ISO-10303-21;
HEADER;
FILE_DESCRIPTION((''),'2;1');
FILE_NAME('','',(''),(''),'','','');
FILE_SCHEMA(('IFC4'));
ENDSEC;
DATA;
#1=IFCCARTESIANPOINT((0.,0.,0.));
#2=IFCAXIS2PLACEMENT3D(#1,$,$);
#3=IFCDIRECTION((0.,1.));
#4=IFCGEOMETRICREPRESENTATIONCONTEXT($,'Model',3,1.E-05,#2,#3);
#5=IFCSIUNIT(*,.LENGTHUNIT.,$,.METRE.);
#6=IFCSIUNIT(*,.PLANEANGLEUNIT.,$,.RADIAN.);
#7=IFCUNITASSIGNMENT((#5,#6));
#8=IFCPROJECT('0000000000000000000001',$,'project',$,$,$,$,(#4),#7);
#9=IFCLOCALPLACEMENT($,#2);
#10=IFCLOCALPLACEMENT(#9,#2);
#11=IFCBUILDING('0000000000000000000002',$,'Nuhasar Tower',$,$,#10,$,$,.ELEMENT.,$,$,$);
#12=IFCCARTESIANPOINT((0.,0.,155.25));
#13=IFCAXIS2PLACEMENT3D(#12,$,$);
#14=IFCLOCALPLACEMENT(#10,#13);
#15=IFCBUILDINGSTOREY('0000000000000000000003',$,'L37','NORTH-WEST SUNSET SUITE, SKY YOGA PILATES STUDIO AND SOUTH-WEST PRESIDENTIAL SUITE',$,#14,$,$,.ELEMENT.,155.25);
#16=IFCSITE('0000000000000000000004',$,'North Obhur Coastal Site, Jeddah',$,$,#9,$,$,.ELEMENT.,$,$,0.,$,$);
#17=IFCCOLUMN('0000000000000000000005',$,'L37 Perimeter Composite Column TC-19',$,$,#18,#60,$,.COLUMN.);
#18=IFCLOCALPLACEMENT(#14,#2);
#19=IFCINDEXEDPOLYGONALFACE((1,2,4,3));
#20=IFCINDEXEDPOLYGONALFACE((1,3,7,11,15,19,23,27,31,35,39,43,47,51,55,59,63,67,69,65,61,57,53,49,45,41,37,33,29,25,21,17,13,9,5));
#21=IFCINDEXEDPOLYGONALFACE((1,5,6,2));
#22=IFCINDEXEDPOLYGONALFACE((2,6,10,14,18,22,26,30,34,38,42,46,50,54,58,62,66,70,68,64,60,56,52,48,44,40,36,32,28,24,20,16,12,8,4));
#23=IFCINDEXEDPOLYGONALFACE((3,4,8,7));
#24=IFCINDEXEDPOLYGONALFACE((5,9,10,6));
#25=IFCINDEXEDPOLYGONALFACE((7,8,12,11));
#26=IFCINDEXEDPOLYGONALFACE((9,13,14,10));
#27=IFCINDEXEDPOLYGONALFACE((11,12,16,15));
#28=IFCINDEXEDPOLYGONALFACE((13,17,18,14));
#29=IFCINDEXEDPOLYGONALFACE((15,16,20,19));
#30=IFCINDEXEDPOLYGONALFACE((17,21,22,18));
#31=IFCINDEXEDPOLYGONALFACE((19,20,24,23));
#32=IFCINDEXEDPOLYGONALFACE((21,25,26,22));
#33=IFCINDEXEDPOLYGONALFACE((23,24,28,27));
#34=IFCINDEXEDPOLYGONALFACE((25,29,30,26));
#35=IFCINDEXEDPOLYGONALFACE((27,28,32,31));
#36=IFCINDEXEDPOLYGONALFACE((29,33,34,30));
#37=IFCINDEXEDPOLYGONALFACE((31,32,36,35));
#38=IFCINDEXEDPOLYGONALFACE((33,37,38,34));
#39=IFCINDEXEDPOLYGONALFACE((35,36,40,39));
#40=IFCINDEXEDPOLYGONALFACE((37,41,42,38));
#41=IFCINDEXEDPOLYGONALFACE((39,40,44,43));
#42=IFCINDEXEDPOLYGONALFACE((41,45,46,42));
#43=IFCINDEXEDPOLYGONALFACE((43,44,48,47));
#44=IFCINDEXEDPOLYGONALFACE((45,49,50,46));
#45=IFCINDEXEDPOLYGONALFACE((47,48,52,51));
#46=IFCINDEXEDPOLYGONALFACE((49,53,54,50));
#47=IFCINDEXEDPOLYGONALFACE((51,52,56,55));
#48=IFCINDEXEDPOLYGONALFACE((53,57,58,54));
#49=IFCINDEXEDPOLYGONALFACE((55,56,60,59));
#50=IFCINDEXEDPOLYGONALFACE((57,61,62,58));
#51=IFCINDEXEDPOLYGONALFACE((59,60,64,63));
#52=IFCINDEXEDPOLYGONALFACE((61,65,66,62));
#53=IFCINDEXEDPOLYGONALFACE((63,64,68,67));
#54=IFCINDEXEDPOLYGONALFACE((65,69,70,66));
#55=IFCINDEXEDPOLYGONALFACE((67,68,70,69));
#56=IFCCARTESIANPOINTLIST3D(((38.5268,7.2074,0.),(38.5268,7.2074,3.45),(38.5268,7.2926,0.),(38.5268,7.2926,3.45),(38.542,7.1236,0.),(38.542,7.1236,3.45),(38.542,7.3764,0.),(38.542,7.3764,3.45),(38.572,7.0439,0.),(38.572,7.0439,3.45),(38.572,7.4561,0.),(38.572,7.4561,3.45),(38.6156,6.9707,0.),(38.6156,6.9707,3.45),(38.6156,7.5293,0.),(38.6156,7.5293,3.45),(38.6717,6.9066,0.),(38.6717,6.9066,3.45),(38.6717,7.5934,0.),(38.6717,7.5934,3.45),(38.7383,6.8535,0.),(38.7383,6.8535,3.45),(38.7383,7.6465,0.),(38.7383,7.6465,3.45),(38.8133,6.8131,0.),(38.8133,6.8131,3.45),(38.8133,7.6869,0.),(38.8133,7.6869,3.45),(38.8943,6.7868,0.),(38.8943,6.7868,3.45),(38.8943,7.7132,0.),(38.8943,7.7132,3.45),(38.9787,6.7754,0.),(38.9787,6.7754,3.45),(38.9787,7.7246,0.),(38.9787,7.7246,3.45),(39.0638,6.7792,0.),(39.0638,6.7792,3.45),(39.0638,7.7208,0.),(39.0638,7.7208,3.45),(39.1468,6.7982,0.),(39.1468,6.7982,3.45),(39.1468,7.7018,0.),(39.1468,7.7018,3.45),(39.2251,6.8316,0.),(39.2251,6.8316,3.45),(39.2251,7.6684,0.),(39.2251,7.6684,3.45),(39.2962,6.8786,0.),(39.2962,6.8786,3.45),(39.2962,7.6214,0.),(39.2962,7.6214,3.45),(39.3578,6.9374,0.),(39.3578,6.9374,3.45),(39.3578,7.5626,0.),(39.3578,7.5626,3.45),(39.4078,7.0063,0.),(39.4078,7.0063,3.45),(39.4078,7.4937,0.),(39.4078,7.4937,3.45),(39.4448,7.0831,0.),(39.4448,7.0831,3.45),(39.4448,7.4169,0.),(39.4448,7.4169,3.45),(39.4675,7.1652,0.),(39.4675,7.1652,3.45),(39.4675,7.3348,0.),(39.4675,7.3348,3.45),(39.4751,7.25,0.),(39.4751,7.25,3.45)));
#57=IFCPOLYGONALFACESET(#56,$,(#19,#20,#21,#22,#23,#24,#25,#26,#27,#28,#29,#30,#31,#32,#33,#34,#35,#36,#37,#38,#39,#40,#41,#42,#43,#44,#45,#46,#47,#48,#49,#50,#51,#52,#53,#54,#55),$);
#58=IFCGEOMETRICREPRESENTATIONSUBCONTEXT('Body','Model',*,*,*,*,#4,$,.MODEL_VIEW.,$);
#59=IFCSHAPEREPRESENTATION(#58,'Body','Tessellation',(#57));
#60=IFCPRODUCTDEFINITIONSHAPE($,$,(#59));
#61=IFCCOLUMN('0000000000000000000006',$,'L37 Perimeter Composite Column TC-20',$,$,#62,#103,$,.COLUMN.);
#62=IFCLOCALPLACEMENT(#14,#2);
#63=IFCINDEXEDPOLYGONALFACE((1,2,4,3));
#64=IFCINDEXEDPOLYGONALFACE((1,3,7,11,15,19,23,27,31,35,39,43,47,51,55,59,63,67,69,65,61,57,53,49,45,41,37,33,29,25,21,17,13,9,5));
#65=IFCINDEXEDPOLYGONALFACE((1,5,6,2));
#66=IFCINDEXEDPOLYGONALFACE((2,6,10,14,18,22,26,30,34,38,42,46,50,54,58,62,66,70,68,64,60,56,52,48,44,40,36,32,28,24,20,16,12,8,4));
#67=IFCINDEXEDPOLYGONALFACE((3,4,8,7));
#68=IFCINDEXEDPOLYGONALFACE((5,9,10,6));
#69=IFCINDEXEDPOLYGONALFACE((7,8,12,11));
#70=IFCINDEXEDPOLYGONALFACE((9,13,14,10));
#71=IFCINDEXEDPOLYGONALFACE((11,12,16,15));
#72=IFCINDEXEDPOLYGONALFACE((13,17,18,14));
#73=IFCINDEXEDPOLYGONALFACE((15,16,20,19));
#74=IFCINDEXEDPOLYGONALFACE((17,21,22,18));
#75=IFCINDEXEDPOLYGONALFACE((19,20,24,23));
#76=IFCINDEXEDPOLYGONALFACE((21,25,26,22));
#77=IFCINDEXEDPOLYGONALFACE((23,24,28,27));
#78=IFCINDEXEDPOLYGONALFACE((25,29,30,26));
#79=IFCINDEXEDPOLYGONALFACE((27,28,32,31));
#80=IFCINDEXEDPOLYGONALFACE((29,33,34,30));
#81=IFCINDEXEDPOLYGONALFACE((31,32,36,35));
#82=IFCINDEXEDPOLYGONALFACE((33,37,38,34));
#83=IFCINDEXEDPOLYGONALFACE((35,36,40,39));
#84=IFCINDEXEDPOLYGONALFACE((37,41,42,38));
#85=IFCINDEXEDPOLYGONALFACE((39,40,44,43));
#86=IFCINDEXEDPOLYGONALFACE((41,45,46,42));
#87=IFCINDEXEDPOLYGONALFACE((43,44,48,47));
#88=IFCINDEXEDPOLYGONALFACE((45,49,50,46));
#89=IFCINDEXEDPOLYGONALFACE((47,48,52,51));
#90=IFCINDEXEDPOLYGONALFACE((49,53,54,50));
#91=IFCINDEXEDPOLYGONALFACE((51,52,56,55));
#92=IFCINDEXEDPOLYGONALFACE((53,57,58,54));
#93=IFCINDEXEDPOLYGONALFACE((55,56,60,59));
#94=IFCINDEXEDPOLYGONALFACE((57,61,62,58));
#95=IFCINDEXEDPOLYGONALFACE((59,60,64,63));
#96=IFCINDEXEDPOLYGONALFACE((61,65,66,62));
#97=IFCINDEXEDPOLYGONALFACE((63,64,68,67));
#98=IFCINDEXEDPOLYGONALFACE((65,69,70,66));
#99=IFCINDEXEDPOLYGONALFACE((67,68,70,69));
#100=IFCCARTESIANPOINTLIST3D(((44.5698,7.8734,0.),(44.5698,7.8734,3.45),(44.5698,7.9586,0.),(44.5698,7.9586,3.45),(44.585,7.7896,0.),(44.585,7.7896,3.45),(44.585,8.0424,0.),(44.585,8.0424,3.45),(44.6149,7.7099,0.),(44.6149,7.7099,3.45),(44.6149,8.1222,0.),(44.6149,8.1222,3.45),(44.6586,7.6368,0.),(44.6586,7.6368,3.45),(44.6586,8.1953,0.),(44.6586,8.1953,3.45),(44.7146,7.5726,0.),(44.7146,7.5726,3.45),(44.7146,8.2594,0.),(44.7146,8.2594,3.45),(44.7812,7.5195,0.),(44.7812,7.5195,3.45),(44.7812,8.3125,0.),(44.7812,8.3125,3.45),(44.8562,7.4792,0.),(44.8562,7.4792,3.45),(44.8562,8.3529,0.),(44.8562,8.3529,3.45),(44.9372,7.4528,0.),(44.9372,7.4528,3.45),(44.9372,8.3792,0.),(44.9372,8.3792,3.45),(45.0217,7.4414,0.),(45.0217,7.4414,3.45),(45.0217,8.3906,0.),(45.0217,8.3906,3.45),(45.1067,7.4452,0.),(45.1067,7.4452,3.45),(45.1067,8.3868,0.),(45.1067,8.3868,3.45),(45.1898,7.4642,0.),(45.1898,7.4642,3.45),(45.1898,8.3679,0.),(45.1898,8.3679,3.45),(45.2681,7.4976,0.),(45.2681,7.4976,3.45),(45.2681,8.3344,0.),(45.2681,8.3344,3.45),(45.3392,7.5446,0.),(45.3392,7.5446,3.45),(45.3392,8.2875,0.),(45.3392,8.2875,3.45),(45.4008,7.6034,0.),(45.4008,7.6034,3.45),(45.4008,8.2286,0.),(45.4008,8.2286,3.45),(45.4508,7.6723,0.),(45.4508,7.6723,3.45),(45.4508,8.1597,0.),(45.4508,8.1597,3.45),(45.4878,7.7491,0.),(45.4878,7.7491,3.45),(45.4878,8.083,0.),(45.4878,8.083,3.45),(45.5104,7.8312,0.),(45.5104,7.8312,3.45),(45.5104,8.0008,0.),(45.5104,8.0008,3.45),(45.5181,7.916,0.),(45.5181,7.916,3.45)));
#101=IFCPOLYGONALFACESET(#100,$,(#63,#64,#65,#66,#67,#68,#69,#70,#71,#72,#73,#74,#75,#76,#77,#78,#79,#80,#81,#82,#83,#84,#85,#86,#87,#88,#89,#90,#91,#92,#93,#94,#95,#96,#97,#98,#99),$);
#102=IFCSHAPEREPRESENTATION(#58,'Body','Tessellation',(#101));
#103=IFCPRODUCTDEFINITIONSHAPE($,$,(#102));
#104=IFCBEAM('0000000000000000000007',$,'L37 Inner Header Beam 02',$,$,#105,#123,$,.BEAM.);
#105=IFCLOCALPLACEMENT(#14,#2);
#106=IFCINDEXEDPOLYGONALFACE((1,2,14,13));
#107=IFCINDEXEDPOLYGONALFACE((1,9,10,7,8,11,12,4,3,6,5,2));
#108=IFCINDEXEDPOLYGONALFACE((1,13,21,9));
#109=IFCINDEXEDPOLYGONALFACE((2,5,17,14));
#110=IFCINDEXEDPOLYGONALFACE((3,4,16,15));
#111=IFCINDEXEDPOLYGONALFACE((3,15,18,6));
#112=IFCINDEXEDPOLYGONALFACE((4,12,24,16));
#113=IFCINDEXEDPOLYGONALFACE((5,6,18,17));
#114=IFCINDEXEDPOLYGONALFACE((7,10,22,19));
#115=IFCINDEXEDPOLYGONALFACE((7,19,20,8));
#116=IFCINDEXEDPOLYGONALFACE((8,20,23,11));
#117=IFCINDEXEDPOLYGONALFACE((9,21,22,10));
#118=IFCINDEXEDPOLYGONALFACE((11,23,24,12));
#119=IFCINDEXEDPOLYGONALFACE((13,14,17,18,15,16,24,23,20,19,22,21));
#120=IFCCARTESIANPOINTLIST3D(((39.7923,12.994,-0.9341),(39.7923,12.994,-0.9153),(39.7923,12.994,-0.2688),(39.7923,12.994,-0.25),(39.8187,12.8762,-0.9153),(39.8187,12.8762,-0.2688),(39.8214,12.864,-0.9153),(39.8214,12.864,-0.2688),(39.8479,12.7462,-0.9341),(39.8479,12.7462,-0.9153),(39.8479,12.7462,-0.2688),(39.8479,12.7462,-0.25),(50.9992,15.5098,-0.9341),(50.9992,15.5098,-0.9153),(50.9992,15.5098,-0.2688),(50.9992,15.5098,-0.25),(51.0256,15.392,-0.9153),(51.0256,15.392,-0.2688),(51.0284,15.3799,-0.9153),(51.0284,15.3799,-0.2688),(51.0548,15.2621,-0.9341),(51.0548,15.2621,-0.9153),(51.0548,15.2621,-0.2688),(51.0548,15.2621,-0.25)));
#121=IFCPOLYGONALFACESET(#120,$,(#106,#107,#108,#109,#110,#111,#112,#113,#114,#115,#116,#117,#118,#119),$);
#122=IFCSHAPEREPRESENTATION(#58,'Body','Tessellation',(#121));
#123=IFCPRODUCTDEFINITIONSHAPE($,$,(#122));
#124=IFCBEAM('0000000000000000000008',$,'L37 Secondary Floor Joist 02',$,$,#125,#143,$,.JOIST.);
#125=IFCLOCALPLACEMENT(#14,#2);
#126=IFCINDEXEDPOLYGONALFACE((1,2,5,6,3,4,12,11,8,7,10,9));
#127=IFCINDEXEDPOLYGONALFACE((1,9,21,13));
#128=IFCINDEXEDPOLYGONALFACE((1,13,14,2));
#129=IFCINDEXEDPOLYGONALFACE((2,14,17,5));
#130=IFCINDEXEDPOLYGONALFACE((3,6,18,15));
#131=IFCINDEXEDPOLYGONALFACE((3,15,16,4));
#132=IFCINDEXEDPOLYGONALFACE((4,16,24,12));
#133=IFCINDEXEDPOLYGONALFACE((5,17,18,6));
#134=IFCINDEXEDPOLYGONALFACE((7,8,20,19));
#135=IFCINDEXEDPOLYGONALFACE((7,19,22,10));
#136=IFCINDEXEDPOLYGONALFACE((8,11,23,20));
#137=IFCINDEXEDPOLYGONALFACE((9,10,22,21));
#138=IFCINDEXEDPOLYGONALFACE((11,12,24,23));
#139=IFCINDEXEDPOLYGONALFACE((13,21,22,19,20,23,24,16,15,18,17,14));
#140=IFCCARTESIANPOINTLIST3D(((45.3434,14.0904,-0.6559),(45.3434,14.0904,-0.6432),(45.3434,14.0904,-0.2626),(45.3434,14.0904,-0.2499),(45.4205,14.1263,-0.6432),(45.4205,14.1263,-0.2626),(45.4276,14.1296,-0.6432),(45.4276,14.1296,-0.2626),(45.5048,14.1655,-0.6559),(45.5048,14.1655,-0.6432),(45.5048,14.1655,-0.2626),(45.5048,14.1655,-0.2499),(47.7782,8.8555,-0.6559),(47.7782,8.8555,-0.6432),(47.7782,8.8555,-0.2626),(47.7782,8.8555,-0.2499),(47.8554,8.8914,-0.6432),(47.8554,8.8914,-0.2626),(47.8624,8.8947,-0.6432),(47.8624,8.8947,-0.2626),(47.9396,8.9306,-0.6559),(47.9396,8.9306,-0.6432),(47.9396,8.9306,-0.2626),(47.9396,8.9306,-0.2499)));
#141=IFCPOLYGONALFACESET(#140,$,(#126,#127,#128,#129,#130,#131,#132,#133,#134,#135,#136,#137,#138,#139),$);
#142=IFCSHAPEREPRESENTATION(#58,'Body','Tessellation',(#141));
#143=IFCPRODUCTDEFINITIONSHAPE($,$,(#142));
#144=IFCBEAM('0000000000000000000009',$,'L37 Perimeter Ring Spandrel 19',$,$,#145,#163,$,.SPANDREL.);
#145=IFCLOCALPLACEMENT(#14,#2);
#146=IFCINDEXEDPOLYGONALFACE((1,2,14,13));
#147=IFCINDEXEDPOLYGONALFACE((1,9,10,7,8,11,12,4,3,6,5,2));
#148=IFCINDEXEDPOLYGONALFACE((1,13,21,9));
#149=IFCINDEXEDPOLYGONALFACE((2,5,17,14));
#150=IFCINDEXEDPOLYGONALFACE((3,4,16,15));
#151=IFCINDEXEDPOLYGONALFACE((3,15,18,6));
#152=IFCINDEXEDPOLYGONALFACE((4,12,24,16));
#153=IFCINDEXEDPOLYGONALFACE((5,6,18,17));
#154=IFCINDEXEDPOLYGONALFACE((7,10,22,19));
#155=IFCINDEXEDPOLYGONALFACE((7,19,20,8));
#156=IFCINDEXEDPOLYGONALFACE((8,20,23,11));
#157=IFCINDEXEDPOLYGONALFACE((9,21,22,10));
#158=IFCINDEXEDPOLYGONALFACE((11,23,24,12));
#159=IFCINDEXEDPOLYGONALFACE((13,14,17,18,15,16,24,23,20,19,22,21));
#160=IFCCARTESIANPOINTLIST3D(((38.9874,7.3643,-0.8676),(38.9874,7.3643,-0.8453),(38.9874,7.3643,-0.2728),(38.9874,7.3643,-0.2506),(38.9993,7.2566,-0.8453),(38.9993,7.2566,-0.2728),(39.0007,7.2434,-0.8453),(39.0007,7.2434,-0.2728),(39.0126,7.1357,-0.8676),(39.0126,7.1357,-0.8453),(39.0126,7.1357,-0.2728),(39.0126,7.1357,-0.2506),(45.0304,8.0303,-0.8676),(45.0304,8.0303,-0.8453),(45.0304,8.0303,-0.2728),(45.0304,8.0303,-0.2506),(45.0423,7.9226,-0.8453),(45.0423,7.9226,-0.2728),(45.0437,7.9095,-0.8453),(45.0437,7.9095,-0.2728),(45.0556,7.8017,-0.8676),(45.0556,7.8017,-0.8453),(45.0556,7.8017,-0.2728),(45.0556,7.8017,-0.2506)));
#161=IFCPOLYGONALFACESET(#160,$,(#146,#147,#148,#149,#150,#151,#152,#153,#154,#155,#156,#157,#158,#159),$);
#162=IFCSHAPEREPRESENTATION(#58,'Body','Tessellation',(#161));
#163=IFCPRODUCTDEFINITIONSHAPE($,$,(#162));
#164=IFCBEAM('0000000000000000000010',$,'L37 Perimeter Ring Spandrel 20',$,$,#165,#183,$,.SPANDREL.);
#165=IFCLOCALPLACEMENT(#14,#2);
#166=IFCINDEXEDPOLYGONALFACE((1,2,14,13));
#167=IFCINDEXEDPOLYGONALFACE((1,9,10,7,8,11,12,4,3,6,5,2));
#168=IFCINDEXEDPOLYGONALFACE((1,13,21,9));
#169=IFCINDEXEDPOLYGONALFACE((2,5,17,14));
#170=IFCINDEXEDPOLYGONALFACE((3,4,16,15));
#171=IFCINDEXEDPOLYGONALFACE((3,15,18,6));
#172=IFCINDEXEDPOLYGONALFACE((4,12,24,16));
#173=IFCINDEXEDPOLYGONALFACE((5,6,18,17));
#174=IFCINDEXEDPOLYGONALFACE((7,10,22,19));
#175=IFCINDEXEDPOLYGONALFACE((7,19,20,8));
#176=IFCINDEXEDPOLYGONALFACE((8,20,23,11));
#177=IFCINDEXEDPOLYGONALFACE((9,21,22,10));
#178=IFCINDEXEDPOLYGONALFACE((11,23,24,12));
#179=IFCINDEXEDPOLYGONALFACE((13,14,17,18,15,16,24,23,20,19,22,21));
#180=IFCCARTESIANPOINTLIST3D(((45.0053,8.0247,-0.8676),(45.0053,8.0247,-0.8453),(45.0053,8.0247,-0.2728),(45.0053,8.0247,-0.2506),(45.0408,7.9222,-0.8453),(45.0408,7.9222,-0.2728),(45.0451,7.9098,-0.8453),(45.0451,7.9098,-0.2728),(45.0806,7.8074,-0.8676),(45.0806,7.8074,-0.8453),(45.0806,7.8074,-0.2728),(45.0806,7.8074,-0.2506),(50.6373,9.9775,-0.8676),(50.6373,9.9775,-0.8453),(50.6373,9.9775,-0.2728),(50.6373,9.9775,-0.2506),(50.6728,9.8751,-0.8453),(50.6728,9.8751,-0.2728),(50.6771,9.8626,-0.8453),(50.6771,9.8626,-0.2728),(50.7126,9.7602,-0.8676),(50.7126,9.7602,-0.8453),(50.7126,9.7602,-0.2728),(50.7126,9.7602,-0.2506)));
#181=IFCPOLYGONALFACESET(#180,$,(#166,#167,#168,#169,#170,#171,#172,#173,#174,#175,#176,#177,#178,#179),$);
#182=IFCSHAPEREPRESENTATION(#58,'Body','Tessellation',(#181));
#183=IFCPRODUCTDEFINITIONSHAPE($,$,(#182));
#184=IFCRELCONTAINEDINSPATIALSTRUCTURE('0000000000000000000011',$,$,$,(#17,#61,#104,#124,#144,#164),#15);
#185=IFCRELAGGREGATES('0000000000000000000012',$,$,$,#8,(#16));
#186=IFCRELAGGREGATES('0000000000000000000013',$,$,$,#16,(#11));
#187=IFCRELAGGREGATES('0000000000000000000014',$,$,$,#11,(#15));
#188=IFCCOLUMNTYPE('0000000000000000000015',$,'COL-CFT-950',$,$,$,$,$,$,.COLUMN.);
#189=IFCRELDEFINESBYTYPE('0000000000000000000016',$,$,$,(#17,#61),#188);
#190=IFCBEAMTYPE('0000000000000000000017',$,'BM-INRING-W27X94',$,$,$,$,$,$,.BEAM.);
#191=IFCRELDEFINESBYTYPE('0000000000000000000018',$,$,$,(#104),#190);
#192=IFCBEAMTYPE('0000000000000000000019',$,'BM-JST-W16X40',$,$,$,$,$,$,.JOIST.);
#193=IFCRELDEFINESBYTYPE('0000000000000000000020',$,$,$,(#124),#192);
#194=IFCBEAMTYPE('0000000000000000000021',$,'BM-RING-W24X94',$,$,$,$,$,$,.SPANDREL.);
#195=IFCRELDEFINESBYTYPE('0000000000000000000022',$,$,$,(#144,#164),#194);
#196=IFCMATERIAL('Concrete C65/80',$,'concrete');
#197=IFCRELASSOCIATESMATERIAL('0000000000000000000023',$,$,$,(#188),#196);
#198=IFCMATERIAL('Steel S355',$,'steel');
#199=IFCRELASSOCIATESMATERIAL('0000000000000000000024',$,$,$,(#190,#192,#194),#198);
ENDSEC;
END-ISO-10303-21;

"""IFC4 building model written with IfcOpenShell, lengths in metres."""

from ifc_helpers import new_model, si_unit, direction, frame, origin, origin_2d, place, context, subcontext, project, spatial, circle, i_section, extrude, material, material_profile, profile_set, type_object, element, save


model = new_model("IFC4")

# Units and contexts
model_context = context("Model", 3, precision=1e-05, world=origin(), true_north=direction((0.0, 1.0)))
body_context = subcontext(model_context, "Body", "Model", "MODEL_VIEW")
ifc_project = project(units=[si_unit("LENGTHUNIT", "METRE"), si_unit("PLANEANGLEUNIT", "RADIAN")], contexts=[model_context])

# Site, building, storey
site_placement = place(None, origin())
site = spatial("IfcSite", under=ifc_project, at=site_placement, Name="North Obhur Coastal Site, Jeddah", CompositionType="ELEMENT", RefElevation=0.0)
building_placement = place(site_placement, origin())
building = spatial("IfcBuilding", under=site, at=building_placement, Name="Nuhasar Tower", CompositionType="ELEMENT")
storey_placement = place(building_placement, frame((0.0, 0.0, 155.25)))
storey = spatial("IfcBuildingStorey", under=building, at=storey_placement, Name="L37", Description="NORTH-WEST SUNSET SUITE, SKY YOGA PILATES STUDIO AND SOUTH-WEST PRESIDENTIAL SUITE", CompositionType="ELEMENT", Elevation=155.25)

# Columns
ifc_material_1 = material(Name="Concrete C65/80", Category="concrete")
ifc_material_profile_1 = material_profile(ifc_material_1, circle(Radius=0.4751, at=origin_2d()), Name="CFT950")
ifc_profile_set_1 = profile_set([ifc_material_profile_1], Name="Concrete C65/80")
column_type = type_object("IfcColumnType", Name="COL-CFT-950", PredefinedType="COLUMN", material=ifc_profile_set_1)
for number, where, z_axis, x_axis, name in (
    (1, (39.0, 7.25, 0.0), (0.0, 0.0, 1.0), (1.0, 0.0, 0.0), "L37 Perimeter Composite Column TC-19"),
    (2, (45.043, 7.916, 0.0), (0.0, 0.0, 1.0), (1.0, 0.0, 0.0), "L37 Perimeter Composite Column TC-20"),
):
    element("IfcColumn", number, at=place(storey_placement, frame(where, z_axis=z_axis, x_axis=x_axis)), inside=storey, type_object=column_type, Name=name, PredefinedType="COLUMN", context=body_context, shape_type="SweptSolid", body=[
        extrude(circle(Radius=0.4751, at=origin_2d()), origin(), (0.0, 0.0, 1.0), 3.45),
    ])

# Beams
ifc_material_2 = material(Name="Steel S355", Category="steel")
ifc_material_profile_2 = material_profile(ifc_material_2, i_section(OverallWidth=0.2539, OverallDepth=0.6841, WebThickness=0.0125, FlangeThickness=0.0188, at=origin_2d()), Name="W27X94")
ifc_profile_set_2 = profile_set([ifc_material_profile_2], Name="Steel S355")
beam_type_1 = type_object("IfcBeamType", Name="BM-INRING-W27X94", PredefinedType="BEAM", material=ifc_profile_set_2)
beam_1_placement = place(storey_placement, frame((39.8201, 12.8701, -0.592), z_axis=(0.975716, 0.219039, 0.0), x_axis=(-0.219039, 0.975716, 0.0)))
element("IfcBeam", 3, at=beam_1_placement, inside=storey, type_object=beam_type_1, Name="L37 Inner Header Beam 02", PredefinedType="BEAM", context=body_context, shape_type="SweptSolid", body=[
    extrude(i_section(OverallWidth=0.2539, OverallDepth=0.6841, WebThickness=0.0125, FlangeThickness=0.0188, at=origin_2d()), origin(), (0.0, 0.0, 1.0), 11.4858),
])
ifc_material_profile_3 = material_profile(ifc_material_2, i_section(OverallWidth=0.178, OverallDepth=0.406, WebThickness=0.0078, FlangeThickness=0.0127, at=origin_2d()), Name="W16X40")
ifc_profile_set_3 = profile_set([ifc_material_profile_3], Name="Steel S355")
beam_type_2 = type_object("IfcBeamType", Name="BM-JST-W16X40", PredefinedType="JOIST", material=ifc_profile_set_3)
beam_2_placement = place(storey_placement, frame((45.4241, 14.1279, -0.4529), z_axis=(0.42173, -0.906721, 0.0), x_axis=(0.906721, 0.42173, 0.0)))
element("IfcBeam", 4, at=beam_2_placement, inside=storey, type_object=beam_type_2, Name="L37 Secondary Floor Joist 02", PredefinedType="JOIST", context=body_context, shape_type="SweptSolid", body=[
    extrude(i_section(OverallWidth=0.178, OverallDepth=0.406, WebThickness=0.0078, FlangeThickness=0.0127, at=origin_2d()), origin(), (0.0, 0.0, 1.0), 5.7734),
])
ifc_material_profile_4 = material_profile(ifc_material_2, i_section(OverallWidth=0.23, OverallDepth=0.6169, WebThickness=0.0132, FlangeThickness=0.0222, at=origin_2d()), Name="W24X94")
ifc_profile_set_4 = profile_set([ifc_material_profile_4], Name="Steel S355")
beam_type_3 = type_object("IfcBeamType", Name="BM-RING-W24X94", PredefinedType="SPANDREL", material=ifc_profile_set_4)
beam_3_placement = place(storey_placement, frame((39.0, 7.25, -0.5591), z_axis=(0.993981, 0.10955, 0.0), x_axis=(-0.10955, 0.993981, 0.0)))
element("IfcBeam", 5, at=beam_3_placement, inside=storey, type_object=beam_type_3, Name="L37 Perimeter Ring Spandrel 19", PredefinedType="SPANDREL", context=body_context, shape_type="SweptSolid", body=[
    extrude(i_section(OverallWidth=0.23, OverallDepth=0.6169, WebThickness=0.0132, FlangeThickness=0.0222, at=origin_2d()), origin(), (0.0, 0.0, 1.0), 6.0796),
])
beam_4_placement = place(storey_placement, frame((45.043, 7.916, -0.5591), z_axis=(0.944814, 0.327607, 0.0), x_axis=(-0.327607, 0.944814, 0.0)))
element("IfcBeam", 6, at=beam_4_placement, inside=storey, type_object=beam_type_3, Name="L37 Perimeter Ring Spandrel 20", PredefinedType="SPANDREL", context=body_context, shape_type="SweptSolid", body=[
    extrude(i_section(OverallWidth=0.23, OverallDepth=0.6169, WebThickness=0.0132, FlangeThickness=0.0222, at=origin_2d()), origin(), (0.0, 0.0, 1.0), 5.9609),
])

save(model, "model.ifc")
